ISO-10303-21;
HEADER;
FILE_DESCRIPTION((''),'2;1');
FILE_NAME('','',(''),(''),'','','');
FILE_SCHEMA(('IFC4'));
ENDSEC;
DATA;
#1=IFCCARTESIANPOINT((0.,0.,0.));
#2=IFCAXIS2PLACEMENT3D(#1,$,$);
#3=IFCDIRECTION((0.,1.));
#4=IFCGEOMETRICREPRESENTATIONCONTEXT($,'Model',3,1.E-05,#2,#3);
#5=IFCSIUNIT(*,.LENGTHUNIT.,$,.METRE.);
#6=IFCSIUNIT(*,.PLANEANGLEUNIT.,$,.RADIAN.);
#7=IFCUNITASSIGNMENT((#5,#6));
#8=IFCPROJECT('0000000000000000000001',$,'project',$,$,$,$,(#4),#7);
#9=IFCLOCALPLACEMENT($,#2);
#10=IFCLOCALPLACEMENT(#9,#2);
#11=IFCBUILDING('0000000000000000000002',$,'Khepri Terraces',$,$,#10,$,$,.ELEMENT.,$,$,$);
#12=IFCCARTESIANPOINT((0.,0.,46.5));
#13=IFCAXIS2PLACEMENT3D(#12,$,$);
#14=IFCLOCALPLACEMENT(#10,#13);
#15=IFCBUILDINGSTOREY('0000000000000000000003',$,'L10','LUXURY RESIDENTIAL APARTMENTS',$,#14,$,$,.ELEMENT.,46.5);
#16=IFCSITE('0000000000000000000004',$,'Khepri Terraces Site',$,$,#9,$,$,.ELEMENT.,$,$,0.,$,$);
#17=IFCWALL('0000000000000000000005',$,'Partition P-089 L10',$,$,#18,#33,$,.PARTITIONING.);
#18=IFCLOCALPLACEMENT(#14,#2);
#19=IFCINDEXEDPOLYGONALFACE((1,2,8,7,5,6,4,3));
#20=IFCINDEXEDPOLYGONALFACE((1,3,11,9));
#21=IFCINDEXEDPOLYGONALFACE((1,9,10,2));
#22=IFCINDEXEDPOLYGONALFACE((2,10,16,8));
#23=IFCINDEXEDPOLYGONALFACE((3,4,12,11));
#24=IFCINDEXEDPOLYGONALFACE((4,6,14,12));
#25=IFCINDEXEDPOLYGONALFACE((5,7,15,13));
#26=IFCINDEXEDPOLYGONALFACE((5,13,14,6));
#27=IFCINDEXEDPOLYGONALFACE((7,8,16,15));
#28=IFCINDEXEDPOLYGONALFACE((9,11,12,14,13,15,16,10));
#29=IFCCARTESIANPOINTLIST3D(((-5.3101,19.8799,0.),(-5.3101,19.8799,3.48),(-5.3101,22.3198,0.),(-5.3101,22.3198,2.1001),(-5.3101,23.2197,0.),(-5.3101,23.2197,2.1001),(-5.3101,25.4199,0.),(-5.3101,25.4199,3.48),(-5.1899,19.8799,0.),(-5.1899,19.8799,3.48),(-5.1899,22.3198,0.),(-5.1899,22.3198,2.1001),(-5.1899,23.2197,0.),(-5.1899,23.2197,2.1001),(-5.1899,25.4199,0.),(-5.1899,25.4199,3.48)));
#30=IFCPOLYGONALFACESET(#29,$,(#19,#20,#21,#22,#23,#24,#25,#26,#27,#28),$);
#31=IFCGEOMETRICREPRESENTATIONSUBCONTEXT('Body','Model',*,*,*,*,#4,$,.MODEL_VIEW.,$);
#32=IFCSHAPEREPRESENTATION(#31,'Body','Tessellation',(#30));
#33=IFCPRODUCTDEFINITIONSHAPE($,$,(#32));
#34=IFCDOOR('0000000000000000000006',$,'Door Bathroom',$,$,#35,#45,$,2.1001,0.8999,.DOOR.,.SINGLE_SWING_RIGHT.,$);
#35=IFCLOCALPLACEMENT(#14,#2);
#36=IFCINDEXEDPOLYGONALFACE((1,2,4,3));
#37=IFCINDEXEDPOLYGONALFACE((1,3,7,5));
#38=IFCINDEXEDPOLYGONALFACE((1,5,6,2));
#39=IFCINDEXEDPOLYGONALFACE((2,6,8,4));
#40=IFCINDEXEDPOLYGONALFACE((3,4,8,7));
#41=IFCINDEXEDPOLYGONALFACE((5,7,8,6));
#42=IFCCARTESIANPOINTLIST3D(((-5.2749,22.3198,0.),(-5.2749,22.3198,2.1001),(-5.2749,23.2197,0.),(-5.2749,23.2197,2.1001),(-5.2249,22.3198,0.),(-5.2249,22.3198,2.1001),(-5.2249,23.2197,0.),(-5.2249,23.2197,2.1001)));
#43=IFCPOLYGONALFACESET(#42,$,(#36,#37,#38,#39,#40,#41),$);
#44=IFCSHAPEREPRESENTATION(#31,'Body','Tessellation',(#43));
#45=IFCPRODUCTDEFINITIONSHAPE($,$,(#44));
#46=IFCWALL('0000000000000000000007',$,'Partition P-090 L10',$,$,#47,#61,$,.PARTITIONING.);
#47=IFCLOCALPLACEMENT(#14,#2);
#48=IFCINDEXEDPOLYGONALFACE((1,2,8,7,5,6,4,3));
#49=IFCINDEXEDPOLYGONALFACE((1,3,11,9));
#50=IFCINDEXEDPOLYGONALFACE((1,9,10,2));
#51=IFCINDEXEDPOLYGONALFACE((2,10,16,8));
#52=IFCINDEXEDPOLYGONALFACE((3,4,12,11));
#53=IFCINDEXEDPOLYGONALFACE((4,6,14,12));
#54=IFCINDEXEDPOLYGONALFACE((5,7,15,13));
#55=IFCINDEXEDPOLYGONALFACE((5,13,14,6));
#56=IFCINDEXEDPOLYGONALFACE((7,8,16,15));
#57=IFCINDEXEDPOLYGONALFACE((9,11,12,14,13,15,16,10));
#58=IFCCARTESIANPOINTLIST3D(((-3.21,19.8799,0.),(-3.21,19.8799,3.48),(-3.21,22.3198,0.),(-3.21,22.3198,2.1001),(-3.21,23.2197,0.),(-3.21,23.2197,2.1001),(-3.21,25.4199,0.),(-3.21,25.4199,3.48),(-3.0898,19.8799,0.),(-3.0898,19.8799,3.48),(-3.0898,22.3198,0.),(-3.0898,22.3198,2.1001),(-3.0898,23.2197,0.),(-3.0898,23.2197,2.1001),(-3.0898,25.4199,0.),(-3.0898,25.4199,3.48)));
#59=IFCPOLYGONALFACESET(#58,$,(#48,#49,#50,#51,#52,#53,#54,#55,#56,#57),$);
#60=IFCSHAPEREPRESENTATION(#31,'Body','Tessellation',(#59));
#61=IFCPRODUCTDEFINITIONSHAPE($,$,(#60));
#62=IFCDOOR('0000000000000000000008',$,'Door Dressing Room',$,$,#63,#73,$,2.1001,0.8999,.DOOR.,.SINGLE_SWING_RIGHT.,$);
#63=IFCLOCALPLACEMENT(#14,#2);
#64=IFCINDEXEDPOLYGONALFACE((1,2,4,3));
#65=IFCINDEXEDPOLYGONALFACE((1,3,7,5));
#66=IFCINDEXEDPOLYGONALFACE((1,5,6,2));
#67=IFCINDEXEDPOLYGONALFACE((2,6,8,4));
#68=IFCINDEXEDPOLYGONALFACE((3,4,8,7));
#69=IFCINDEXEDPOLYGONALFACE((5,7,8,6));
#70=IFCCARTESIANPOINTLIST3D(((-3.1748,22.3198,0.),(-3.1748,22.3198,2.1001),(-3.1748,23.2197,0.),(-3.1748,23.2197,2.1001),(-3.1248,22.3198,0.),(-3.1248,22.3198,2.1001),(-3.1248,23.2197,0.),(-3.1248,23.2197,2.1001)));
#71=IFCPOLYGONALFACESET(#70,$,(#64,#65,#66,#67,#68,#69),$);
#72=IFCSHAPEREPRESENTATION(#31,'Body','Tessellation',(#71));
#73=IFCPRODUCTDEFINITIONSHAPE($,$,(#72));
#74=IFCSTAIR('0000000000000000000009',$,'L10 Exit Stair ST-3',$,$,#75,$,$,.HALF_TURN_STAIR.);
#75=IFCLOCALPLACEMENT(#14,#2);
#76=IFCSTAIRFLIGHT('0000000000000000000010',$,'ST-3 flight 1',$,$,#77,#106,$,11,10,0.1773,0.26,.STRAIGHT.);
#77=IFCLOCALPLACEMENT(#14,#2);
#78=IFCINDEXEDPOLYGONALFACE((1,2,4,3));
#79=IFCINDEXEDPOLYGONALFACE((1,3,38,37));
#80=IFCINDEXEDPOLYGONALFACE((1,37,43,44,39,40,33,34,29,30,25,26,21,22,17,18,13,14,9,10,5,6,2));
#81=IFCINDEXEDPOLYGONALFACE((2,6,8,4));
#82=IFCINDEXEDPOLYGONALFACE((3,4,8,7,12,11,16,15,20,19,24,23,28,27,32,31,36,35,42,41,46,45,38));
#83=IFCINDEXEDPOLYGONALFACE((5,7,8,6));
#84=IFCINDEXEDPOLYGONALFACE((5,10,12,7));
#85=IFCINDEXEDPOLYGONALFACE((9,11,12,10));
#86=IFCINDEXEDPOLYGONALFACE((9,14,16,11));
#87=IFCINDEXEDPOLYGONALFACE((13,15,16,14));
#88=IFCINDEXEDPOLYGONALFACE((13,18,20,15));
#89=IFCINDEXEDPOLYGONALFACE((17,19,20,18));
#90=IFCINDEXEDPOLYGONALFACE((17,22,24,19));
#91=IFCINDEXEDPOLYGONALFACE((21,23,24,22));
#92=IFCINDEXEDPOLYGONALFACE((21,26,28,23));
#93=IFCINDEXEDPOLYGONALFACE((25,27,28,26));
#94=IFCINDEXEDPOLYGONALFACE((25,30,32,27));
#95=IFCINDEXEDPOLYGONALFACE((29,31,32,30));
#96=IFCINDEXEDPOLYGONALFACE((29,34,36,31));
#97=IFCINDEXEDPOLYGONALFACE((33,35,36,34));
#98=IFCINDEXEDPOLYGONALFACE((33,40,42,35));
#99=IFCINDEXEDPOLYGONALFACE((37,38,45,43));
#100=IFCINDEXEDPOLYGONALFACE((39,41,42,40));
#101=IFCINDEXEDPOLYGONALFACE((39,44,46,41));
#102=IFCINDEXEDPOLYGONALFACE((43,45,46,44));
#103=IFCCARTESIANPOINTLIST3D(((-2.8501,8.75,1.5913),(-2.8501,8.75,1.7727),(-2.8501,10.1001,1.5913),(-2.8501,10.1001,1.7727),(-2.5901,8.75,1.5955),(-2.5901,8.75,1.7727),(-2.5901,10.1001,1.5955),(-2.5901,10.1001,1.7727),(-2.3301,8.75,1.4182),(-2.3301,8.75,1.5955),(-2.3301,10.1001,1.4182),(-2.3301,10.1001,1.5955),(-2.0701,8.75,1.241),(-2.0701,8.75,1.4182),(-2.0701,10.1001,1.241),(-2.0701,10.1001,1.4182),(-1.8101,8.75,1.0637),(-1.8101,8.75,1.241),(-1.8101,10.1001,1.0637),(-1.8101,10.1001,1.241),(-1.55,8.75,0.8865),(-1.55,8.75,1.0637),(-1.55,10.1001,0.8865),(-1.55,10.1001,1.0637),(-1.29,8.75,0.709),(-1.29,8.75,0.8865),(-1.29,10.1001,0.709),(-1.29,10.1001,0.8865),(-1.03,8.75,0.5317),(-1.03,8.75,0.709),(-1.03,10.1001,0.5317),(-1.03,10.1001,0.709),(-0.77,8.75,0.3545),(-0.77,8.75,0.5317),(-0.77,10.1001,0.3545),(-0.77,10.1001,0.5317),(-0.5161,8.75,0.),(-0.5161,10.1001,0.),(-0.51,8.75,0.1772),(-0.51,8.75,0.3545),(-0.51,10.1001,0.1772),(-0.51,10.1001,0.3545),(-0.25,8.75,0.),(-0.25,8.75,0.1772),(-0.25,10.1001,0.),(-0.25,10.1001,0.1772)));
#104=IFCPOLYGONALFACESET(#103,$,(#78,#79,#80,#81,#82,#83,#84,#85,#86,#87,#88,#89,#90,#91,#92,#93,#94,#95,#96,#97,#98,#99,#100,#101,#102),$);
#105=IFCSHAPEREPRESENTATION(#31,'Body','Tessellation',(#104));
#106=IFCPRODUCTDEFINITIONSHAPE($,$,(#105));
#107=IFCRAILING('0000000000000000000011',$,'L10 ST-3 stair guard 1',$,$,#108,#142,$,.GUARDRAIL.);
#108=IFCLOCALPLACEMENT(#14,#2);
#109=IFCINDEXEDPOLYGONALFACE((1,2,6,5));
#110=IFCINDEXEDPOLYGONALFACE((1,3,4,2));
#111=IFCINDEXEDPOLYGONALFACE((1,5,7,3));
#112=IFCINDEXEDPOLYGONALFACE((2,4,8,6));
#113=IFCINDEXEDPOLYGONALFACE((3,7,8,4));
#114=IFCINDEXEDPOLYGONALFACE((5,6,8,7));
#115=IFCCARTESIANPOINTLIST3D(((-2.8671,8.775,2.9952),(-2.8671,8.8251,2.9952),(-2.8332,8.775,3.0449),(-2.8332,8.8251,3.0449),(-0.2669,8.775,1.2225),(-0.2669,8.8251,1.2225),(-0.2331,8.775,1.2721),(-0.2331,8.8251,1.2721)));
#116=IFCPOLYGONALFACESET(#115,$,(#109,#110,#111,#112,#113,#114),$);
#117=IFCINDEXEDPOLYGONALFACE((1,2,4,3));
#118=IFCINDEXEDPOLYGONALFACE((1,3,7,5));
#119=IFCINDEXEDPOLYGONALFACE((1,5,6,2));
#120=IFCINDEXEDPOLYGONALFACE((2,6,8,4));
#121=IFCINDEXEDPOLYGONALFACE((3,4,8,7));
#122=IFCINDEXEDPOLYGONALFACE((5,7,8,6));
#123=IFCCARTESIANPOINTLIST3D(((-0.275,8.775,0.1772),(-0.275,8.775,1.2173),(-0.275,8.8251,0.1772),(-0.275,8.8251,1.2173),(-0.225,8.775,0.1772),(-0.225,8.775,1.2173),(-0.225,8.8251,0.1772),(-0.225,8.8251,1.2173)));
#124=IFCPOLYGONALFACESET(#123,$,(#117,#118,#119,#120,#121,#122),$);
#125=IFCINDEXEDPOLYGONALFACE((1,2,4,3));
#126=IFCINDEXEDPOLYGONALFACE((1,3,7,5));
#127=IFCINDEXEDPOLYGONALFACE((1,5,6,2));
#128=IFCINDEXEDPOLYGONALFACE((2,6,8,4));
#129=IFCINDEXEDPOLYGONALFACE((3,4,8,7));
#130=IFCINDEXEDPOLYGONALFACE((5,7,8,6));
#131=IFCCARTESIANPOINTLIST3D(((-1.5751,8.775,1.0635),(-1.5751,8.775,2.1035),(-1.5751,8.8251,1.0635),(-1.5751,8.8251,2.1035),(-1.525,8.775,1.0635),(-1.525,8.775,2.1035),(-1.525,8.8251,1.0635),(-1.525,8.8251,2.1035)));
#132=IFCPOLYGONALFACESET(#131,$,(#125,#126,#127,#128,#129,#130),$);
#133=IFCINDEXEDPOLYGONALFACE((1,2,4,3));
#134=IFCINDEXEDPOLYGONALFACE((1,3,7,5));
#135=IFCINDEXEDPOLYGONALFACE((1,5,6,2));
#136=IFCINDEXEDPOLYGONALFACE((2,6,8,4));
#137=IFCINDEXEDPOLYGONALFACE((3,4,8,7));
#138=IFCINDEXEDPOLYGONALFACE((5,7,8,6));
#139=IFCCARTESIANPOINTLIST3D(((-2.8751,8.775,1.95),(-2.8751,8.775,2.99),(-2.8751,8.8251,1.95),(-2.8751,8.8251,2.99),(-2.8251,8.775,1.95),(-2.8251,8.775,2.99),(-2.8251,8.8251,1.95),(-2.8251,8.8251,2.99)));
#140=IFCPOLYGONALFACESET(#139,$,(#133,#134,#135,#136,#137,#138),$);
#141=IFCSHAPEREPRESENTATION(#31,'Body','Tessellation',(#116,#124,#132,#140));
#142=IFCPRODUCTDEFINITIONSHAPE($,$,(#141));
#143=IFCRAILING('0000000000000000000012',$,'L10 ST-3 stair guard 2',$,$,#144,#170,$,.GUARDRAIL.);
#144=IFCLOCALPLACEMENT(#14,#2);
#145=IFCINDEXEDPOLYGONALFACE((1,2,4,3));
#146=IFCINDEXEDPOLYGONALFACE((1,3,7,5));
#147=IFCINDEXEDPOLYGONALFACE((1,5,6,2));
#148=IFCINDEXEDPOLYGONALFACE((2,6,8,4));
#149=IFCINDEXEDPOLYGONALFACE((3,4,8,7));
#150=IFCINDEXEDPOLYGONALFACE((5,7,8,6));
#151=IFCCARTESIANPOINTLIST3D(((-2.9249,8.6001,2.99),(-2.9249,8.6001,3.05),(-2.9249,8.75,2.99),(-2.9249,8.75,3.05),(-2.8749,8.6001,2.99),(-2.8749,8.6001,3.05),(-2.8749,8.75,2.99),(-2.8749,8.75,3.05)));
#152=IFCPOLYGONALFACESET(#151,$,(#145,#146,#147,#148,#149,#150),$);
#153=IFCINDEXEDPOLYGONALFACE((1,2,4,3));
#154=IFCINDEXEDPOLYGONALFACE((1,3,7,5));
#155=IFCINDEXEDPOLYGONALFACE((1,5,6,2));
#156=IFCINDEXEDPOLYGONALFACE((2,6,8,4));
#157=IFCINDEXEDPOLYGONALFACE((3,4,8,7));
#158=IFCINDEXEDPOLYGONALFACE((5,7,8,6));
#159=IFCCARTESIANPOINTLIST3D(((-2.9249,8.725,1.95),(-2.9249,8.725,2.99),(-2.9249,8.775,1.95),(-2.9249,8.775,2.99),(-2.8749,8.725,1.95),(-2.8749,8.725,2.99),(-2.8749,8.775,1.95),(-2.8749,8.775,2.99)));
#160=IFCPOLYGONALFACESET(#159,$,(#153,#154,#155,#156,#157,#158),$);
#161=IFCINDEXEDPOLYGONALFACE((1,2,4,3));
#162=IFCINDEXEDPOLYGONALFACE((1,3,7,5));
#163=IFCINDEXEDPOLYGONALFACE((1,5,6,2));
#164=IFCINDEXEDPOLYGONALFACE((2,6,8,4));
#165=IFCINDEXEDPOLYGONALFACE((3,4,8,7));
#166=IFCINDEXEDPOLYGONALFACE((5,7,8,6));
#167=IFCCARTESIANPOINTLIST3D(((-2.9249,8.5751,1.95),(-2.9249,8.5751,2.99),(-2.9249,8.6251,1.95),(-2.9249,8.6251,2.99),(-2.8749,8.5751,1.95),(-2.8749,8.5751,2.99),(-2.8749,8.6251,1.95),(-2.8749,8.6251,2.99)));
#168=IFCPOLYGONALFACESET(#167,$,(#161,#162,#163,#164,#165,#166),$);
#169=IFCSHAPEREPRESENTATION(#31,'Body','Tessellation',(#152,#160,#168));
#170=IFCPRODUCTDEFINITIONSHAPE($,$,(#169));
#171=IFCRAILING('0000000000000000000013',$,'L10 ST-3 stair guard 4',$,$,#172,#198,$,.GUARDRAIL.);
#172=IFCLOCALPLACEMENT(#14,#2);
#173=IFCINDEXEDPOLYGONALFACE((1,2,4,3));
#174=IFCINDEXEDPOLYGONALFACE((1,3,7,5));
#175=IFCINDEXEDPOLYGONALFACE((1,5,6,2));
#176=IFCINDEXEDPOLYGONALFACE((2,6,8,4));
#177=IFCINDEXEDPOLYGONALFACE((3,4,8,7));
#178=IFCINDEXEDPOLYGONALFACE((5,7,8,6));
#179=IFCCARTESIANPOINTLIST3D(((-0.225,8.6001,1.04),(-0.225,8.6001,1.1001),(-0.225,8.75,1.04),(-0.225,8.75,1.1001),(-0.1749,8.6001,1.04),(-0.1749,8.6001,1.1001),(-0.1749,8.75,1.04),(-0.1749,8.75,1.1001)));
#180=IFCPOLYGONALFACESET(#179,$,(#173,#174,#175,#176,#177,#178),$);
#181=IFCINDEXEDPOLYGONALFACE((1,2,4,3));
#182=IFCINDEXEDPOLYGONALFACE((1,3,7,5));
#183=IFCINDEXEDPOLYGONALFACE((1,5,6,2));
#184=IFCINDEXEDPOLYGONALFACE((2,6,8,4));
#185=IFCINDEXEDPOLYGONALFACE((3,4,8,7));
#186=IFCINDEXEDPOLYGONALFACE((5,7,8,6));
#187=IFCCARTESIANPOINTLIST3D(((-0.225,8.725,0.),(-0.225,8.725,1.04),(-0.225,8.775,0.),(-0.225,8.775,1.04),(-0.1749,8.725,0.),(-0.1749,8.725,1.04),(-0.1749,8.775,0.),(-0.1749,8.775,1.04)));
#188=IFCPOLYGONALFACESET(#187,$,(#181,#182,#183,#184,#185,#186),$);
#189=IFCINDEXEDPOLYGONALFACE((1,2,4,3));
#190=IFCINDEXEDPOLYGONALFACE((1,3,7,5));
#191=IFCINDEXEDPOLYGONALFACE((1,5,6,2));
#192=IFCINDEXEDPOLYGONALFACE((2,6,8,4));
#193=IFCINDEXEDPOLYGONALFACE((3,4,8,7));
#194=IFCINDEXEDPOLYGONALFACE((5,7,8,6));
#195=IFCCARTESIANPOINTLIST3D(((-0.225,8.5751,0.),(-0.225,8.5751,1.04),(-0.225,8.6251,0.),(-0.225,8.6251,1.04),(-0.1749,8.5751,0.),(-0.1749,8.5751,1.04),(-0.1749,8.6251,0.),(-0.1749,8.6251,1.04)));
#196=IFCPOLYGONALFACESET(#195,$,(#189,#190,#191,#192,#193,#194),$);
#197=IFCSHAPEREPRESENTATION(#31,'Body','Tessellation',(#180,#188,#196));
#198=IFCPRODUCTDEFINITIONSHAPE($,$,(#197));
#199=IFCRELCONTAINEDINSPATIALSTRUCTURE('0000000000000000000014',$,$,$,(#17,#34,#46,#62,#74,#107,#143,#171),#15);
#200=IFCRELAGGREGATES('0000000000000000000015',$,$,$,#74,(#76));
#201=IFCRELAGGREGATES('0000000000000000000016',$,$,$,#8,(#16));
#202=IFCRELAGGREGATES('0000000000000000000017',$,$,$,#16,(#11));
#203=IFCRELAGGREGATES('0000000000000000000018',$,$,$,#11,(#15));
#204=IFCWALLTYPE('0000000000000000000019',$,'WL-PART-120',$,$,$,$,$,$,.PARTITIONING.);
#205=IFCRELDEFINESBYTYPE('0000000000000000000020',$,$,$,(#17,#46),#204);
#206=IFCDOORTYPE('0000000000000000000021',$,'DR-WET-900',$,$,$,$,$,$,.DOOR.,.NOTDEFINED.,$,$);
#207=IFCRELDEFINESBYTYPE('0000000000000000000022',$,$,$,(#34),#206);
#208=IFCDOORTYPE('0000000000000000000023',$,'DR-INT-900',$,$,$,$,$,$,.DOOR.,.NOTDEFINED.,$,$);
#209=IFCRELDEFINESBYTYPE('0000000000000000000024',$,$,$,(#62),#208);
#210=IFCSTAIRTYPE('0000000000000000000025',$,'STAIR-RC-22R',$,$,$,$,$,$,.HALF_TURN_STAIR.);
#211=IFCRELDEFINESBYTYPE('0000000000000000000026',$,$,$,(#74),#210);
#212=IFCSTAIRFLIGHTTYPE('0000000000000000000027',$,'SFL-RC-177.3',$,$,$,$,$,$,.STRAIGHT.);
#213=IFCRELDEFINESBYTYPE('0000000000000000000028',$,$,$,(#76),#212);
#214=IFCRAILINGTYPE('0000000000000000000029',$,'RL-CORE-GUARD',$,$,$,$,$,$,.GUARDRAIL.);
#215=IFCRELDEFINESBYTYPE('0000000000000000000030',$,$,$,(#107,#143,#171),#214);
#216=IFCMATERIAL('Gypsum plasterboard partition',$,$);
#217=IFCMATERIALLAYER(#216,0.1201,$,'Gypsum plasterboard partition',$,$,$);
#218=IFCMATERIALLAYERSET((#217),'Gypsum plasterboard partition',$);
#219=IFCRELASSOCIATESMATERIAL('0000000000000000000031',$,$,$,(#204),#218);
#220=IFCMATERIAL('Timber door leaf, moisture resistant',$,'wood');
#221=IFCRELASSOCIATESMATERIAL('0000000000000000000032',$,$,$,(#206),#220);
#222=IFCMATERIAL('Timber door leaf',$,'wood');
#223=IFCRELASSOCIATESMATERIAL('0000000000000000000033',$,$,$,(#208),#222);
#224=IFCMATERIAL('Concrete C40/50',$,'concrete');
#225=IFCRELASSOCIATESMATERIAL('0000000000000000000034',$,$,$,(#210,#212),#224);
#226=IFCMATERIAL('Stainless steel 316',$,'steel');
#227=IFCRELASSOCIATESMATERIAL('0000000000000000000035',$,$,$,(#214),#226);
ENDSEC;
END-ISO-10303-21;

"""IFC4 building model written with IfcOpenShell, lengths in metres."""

from ifc_helpers import new_model, si_unit, direction, frame, frame_2d, origin, origin_2d, place, context, subcontext, project, spatial, polyline, rectangle, outline, extrude, material, layer, layer_set, type_object, element, fill, aggregate, save


model = new_model("IFC4")

# Units and contexts
model_context = context("Model", 3, precision=1e-05, world=origin(), true_north=direction((0.0, 1.0)))
body_context = subcontext(model_context, "Body", "Model", "MODEL_VIEW")
ifc_project = project(units=[si_unit("LENGTHUNIT", "METRE"), si_unit("PLANEANGLEUNIT", "RADIAN")], contexts=[model_context])

# Site, building, storey
site_placement = place(None, origin())
site = spatial("IfcSite", under=ifc_project, at=site_placement, Name="Khepri Terraces Site", CompositionType="ELEMENT", RefElevation=0.0)
building_placement = place(site_placement, origin())
building = spatial("IfcBuilding", under=site, at=building_placement, Name="Khepri Terraces", CompositionType="ELEMENT")
storey_placement = place(building_placement, frame((0.0, 0.0, 46.5)))
storey = spatial("IfcBuildingStorey", under=building, at=storey_placement, Name="L10", Description="LUXURY RESIDENTIAL APARTMENTS", CompositionType="ELEMENT", Elevation=46.5)

# Shared definitions
ifc_material_1 = material(Name="Gypsum plasterboard partition")
ifc_layer_1 = layer(ifc_material_1, 0.1201, Name="Gypsum plasterboard partition")
ifc_layer_set_1 = layer_set([ifc_layer_1], Name="Gypsum plasterboard partition")
wall_type_1 = type_object("IfcWallType", Name="WL-PART-120", PredefinedType="PARTITIONING", material=ifc_layer_set_1)

# Walls, openings, doors
wall_1_placement = place(storey_placement, frame((-5.25, 19.8799, 0.0), z_axis=(0.0, 0.0, 1.0), x_axis=(0.0, 1.0, 0.0)))
wall_1 = element("IfcWall", 1, at=wall_1_placement, inside=storey, type_object=wall_type_1, Name="Partition P-089 L10", PredefinedType="PARTITIONING", context=body_context, shape_type="SweptSolid", body=[
    extrude(rectangle(XDim=5.54, YDim=0.1201, at=frame_2d((2.77, 0.0))), origin(), (0.0, 0.0, 1.0), 3.48),
])
opening_1_placement = place(wall_1_placement, frame((2.4399, 0.0, 0.0)))
opening_1 = element("IfcOpeningElement", 2, at=opening_1_placement, cuts=wall_1, PredefinedType="OPENING", context=body_context, shape_type="SweptSolid", body=[
    extrude(rectangle(XDim=0.8999, YDim=2.1001, at=frame_2d((0.45, 1.05))), frame((0.0, 0.0701, 0.0), z_axis=(0.0, -1.0, 0.0), x_axis=(1.0, 0.0, 0.0)), (0.0, 0.0, 1.0), 0.1401),
])
ifc_material_2 = material(Name="Timber door leaf, moisture resistant", Category="wood")
door_type_1 = type_object("IfcDoorType", Name="DR-WET-900", OperationType="NOTDEFINED", PredefinedType="DOOR", material=ifc_material_2)
door_1_placement = place(opening_1_placement, origin())
door_1 = element("IfcDoor", 3, at=door_1_placement, inside=storey, type_object=door_type_1, Name="Door Bathroom", OperationType="SINGLE_SWING_RIGHT", OverallHeight=2.1001, OverallWidth=0.8999, PredefinedType="DOOR", context=body_context, shape_type="SweptSolid", body=[
    extrude(rectangle(XDim=0.8999, YDim=2.1001, at=frame_2d((0.45, 1.05))), frame((0.0, 0.0249, 0.0), z_axis=(0.0, -1.0, 0.0), x_axis=(1.0, 0.0, 0.0)), (0.0, 0.0, 1.0), 0.05),
])
fill(opening_1, door_1)
wall_2_placement = place(storey_placement, frame((-3.1499, 19.8799, 0.0), z_axis=(0.0, 0.0, 1.0), x_axis=(0.0, 1.0, 0.0)))
wall_2 = element("IfcWall", 4, at=wall_2_placement, inside=storey, type_object=wall_type_1, Name="Partition P-090 L10", PredefinedType="PARTITIONING", context=body_context, shape_type="SweptSolid", body=[
    extrude(rectangle(XDim=5.54, YDim=0.1201, at=frame_2d((2.77, 0.0))), origin(), (0.0, 0.0, 1.0), 3.48),
])
opening_2_placement = place(wall_2_placement, frame((2.4399, 0.0, 0.0)))
opening_2 = element("IfcOpeningElement", 5, at=opening_2_placement, cuts=wall_2, PredefinedType="OPENING", context=body_context, shape_type="SweptSolid", body=[
    extrude(rectangle(XDim=0.8999, YDim=2.1001, at=frame_2d((0.45, 1.05))), frame((0.0, 0.0701, 0.0), z_axis=(0.0, -1.0, 0.0), x_axis=(1.0, 0.0, 0.0)), (0.0, 0.0, 1.0), 0.1401),
])
ifc_material_3 = material(Name="Timber door leaf", Category="wood")
door_type_2 = type_object("IfcDoorType", Name="DR-INT-900", OperationType="NOTDEFINED", PredefinedType="DOOR", material=ifc_material_3)
door_2_placement = place(opening_2_placement, origin())
door_2 = element("IfcDoor", 6, at=door_2_placement, inside=storey, type_object=door_type_2, Name="Door Dressing Room", OperationType="SINGLE_SWING_RIGHT", OverallHeight=2.1001, OverallWidth=0.8999, PredefinedType="DOOR", context=body_context, shape_type="SweptSolid", body=[
    extrude(rectangle(XDim=0.8999, YDim=2.1001, at=frame_2d((0.45, 1.05))), frame((0.0, 0.0249, 0.0), z_axis=(0.0, -1.0, 0.0), x_axis=(1.0, 0.0, 0.0)), (0.0, 0.0, 1.0), 0.05),
])
fill(opening_2, door_2)

# Stair, stair flight
ifc_material_4 = material(Name="Concrete C40/50", Category="concrete")
stair_type = type_object("IfcStairType", Name="STAIR-RC-22R", PredefinedType="HALF_TURN_STAIR", material=ifc_material_4)
stair_placement = place(storey_placement, origin())
stair = element("IfcStair", 7, at=stair_placement, inside=storey, type_object=stair_type, Name="L10 Exit Stair ST-3", PredefinedType="HALF_TURN_STAIR")
stair_flight_type = type_object("IfcStairFlightType", Name="SFL-RC-177.3", PredefinedType="STRAIGHT", material=ifc_material_4)
stair_flight_placement = place(storey_placement, frame((-0.25, 9.425, 0.0), z_axis=(0.0, 0.0, 1.0), x_axis=(-1.0, 0.0, 0.0)))
stair_flight = element("IfcStairFlight", 8, at=stair_flight_placement, type_object=stair_flight_type, Name="ST-3 flight 1", NumberOfRisers=11, NumberOfTreads=10, PredefinedType="STRAIGHT", RiserHeight=0.1773, TreadLength=0.26, context=body_context, shape_type="SweptSolid", body=[
    extrude(outline(polyline([(0.0, 0.0), (0.0, 0.1772), (0.26, 0.1772), (0.26, 0.3545), (0.52, 0.3545), (0.52, 0.5317), (0.78, 0.5317), (0.78, 0.709), (1.04, 0.709), (1.04, 0.8865), (1.3, 0.8865), (1.3, 1.0637), (1.5601, 1.0637), (1.5601, 1.241), (1.8201, 1.241), (1.8201, 1.4182), (2.0801, 1.4182), (2.0801, 1.5955), (2.3401, 1.5955), (2.3401, 1.7727), (2.6001, 1.7727), (2.6001, 1.95), (2.6001, 1.5913), (0.2661, 0.0), (0.0, 0.0)])), frame((0.0, 0.675, 0.0), z_axis=(0.0, -1.0, 0.0), x_axis=(1.0, 0.0, 0.0)), (0.0, 0.0, 1.0), 1.3501),
])
aggregate(stair, [stair_flight])

# Railings
ifc_material_5 = material(Name="Stainless steel 316", Category="steel")
railing_type_1 = type_object("IfcRailingType", Name="RL-CORE-GUARD", PredefinedType="GUARDRAIL", material=ifc_material_5)
railing_1_placement = place(storey_placement, frame((-0.25, 8.8, 0.1772)))
element("IfcRailing", 9, at=railing_1_placement, inside=storey, type_object=railing_type_1, Name="L10 ST-3 stair guard 1", PredefinedType="GUARDRAIL", context=body_context, shape_type="SweptSolid", body=[
    extrude(rectangle(XDim=0.05, YDim=0.0601, at=origin_2d()), frame((0.0, 0.0, 1.0701), z_axis=(-0.82624, 0.0, 0.563318), x_axis=(0.0, -1.0, 0.0)), (0.0, 0.0, 1.0), 3.147),
    extrude(rectangle(XDim=0.05, YDim=0.05, at=origin_2d()), origin(), (0.0, 0.0, 1.0), 1.04),
    extrude(rectangle(XDim=0.05, YDim=0.05, at=origin_2d()), frame((-1.3, 0.0, 0.8862)), (0.0, 0.0, 1.0), 1.04),
    extrude(rectangle(XDim=0.05, YDim=0.05, at=origin_2d()), frame((-2.6001, 0.0, 1.7727)), (0.0, 0.0, 1.0), 1.04),
])
for number, where, name in (
    (10, (-2.8999, 8.75, 1.95), "L10 ST-3 stair guard 2"),
    (11, (-0.2, 8.75, 0.0), "L10 ST-3 stair guard 4"),
):
    element("IfcRailing", number, at=place(storey_placement, frame(where)), inside=storey, type_object=railing_type_1, Name=name, PredefinedType="GUARDRAIL", context=body_context, shape_type="SweptSolid", body=[
        extrude(rectangle(XDim=0.05, YDim=0.0601, at=origin_2d()), frame((0.0, 0.0, 1.0701), z_axis=(0.0, -1.0, 0.0), x_axis=(1.0, 0.0, 0.0)), (0.0, 0.0, 1.0), 0.1499),
        extrude(rectangle(XDim=0.05, YDim=0.05, at=origin_2d()), origin(), (0.0, 0.0, 1.0), 1.04),
        extrude(rectangle(XDim=0.05, YDim=0.05, at=origin_2d()), frame((0.0, -0.1499, 0.0)), (0.0, 0.0, 1.0), 1.04),
    ])

save(model, "model.ifc")
